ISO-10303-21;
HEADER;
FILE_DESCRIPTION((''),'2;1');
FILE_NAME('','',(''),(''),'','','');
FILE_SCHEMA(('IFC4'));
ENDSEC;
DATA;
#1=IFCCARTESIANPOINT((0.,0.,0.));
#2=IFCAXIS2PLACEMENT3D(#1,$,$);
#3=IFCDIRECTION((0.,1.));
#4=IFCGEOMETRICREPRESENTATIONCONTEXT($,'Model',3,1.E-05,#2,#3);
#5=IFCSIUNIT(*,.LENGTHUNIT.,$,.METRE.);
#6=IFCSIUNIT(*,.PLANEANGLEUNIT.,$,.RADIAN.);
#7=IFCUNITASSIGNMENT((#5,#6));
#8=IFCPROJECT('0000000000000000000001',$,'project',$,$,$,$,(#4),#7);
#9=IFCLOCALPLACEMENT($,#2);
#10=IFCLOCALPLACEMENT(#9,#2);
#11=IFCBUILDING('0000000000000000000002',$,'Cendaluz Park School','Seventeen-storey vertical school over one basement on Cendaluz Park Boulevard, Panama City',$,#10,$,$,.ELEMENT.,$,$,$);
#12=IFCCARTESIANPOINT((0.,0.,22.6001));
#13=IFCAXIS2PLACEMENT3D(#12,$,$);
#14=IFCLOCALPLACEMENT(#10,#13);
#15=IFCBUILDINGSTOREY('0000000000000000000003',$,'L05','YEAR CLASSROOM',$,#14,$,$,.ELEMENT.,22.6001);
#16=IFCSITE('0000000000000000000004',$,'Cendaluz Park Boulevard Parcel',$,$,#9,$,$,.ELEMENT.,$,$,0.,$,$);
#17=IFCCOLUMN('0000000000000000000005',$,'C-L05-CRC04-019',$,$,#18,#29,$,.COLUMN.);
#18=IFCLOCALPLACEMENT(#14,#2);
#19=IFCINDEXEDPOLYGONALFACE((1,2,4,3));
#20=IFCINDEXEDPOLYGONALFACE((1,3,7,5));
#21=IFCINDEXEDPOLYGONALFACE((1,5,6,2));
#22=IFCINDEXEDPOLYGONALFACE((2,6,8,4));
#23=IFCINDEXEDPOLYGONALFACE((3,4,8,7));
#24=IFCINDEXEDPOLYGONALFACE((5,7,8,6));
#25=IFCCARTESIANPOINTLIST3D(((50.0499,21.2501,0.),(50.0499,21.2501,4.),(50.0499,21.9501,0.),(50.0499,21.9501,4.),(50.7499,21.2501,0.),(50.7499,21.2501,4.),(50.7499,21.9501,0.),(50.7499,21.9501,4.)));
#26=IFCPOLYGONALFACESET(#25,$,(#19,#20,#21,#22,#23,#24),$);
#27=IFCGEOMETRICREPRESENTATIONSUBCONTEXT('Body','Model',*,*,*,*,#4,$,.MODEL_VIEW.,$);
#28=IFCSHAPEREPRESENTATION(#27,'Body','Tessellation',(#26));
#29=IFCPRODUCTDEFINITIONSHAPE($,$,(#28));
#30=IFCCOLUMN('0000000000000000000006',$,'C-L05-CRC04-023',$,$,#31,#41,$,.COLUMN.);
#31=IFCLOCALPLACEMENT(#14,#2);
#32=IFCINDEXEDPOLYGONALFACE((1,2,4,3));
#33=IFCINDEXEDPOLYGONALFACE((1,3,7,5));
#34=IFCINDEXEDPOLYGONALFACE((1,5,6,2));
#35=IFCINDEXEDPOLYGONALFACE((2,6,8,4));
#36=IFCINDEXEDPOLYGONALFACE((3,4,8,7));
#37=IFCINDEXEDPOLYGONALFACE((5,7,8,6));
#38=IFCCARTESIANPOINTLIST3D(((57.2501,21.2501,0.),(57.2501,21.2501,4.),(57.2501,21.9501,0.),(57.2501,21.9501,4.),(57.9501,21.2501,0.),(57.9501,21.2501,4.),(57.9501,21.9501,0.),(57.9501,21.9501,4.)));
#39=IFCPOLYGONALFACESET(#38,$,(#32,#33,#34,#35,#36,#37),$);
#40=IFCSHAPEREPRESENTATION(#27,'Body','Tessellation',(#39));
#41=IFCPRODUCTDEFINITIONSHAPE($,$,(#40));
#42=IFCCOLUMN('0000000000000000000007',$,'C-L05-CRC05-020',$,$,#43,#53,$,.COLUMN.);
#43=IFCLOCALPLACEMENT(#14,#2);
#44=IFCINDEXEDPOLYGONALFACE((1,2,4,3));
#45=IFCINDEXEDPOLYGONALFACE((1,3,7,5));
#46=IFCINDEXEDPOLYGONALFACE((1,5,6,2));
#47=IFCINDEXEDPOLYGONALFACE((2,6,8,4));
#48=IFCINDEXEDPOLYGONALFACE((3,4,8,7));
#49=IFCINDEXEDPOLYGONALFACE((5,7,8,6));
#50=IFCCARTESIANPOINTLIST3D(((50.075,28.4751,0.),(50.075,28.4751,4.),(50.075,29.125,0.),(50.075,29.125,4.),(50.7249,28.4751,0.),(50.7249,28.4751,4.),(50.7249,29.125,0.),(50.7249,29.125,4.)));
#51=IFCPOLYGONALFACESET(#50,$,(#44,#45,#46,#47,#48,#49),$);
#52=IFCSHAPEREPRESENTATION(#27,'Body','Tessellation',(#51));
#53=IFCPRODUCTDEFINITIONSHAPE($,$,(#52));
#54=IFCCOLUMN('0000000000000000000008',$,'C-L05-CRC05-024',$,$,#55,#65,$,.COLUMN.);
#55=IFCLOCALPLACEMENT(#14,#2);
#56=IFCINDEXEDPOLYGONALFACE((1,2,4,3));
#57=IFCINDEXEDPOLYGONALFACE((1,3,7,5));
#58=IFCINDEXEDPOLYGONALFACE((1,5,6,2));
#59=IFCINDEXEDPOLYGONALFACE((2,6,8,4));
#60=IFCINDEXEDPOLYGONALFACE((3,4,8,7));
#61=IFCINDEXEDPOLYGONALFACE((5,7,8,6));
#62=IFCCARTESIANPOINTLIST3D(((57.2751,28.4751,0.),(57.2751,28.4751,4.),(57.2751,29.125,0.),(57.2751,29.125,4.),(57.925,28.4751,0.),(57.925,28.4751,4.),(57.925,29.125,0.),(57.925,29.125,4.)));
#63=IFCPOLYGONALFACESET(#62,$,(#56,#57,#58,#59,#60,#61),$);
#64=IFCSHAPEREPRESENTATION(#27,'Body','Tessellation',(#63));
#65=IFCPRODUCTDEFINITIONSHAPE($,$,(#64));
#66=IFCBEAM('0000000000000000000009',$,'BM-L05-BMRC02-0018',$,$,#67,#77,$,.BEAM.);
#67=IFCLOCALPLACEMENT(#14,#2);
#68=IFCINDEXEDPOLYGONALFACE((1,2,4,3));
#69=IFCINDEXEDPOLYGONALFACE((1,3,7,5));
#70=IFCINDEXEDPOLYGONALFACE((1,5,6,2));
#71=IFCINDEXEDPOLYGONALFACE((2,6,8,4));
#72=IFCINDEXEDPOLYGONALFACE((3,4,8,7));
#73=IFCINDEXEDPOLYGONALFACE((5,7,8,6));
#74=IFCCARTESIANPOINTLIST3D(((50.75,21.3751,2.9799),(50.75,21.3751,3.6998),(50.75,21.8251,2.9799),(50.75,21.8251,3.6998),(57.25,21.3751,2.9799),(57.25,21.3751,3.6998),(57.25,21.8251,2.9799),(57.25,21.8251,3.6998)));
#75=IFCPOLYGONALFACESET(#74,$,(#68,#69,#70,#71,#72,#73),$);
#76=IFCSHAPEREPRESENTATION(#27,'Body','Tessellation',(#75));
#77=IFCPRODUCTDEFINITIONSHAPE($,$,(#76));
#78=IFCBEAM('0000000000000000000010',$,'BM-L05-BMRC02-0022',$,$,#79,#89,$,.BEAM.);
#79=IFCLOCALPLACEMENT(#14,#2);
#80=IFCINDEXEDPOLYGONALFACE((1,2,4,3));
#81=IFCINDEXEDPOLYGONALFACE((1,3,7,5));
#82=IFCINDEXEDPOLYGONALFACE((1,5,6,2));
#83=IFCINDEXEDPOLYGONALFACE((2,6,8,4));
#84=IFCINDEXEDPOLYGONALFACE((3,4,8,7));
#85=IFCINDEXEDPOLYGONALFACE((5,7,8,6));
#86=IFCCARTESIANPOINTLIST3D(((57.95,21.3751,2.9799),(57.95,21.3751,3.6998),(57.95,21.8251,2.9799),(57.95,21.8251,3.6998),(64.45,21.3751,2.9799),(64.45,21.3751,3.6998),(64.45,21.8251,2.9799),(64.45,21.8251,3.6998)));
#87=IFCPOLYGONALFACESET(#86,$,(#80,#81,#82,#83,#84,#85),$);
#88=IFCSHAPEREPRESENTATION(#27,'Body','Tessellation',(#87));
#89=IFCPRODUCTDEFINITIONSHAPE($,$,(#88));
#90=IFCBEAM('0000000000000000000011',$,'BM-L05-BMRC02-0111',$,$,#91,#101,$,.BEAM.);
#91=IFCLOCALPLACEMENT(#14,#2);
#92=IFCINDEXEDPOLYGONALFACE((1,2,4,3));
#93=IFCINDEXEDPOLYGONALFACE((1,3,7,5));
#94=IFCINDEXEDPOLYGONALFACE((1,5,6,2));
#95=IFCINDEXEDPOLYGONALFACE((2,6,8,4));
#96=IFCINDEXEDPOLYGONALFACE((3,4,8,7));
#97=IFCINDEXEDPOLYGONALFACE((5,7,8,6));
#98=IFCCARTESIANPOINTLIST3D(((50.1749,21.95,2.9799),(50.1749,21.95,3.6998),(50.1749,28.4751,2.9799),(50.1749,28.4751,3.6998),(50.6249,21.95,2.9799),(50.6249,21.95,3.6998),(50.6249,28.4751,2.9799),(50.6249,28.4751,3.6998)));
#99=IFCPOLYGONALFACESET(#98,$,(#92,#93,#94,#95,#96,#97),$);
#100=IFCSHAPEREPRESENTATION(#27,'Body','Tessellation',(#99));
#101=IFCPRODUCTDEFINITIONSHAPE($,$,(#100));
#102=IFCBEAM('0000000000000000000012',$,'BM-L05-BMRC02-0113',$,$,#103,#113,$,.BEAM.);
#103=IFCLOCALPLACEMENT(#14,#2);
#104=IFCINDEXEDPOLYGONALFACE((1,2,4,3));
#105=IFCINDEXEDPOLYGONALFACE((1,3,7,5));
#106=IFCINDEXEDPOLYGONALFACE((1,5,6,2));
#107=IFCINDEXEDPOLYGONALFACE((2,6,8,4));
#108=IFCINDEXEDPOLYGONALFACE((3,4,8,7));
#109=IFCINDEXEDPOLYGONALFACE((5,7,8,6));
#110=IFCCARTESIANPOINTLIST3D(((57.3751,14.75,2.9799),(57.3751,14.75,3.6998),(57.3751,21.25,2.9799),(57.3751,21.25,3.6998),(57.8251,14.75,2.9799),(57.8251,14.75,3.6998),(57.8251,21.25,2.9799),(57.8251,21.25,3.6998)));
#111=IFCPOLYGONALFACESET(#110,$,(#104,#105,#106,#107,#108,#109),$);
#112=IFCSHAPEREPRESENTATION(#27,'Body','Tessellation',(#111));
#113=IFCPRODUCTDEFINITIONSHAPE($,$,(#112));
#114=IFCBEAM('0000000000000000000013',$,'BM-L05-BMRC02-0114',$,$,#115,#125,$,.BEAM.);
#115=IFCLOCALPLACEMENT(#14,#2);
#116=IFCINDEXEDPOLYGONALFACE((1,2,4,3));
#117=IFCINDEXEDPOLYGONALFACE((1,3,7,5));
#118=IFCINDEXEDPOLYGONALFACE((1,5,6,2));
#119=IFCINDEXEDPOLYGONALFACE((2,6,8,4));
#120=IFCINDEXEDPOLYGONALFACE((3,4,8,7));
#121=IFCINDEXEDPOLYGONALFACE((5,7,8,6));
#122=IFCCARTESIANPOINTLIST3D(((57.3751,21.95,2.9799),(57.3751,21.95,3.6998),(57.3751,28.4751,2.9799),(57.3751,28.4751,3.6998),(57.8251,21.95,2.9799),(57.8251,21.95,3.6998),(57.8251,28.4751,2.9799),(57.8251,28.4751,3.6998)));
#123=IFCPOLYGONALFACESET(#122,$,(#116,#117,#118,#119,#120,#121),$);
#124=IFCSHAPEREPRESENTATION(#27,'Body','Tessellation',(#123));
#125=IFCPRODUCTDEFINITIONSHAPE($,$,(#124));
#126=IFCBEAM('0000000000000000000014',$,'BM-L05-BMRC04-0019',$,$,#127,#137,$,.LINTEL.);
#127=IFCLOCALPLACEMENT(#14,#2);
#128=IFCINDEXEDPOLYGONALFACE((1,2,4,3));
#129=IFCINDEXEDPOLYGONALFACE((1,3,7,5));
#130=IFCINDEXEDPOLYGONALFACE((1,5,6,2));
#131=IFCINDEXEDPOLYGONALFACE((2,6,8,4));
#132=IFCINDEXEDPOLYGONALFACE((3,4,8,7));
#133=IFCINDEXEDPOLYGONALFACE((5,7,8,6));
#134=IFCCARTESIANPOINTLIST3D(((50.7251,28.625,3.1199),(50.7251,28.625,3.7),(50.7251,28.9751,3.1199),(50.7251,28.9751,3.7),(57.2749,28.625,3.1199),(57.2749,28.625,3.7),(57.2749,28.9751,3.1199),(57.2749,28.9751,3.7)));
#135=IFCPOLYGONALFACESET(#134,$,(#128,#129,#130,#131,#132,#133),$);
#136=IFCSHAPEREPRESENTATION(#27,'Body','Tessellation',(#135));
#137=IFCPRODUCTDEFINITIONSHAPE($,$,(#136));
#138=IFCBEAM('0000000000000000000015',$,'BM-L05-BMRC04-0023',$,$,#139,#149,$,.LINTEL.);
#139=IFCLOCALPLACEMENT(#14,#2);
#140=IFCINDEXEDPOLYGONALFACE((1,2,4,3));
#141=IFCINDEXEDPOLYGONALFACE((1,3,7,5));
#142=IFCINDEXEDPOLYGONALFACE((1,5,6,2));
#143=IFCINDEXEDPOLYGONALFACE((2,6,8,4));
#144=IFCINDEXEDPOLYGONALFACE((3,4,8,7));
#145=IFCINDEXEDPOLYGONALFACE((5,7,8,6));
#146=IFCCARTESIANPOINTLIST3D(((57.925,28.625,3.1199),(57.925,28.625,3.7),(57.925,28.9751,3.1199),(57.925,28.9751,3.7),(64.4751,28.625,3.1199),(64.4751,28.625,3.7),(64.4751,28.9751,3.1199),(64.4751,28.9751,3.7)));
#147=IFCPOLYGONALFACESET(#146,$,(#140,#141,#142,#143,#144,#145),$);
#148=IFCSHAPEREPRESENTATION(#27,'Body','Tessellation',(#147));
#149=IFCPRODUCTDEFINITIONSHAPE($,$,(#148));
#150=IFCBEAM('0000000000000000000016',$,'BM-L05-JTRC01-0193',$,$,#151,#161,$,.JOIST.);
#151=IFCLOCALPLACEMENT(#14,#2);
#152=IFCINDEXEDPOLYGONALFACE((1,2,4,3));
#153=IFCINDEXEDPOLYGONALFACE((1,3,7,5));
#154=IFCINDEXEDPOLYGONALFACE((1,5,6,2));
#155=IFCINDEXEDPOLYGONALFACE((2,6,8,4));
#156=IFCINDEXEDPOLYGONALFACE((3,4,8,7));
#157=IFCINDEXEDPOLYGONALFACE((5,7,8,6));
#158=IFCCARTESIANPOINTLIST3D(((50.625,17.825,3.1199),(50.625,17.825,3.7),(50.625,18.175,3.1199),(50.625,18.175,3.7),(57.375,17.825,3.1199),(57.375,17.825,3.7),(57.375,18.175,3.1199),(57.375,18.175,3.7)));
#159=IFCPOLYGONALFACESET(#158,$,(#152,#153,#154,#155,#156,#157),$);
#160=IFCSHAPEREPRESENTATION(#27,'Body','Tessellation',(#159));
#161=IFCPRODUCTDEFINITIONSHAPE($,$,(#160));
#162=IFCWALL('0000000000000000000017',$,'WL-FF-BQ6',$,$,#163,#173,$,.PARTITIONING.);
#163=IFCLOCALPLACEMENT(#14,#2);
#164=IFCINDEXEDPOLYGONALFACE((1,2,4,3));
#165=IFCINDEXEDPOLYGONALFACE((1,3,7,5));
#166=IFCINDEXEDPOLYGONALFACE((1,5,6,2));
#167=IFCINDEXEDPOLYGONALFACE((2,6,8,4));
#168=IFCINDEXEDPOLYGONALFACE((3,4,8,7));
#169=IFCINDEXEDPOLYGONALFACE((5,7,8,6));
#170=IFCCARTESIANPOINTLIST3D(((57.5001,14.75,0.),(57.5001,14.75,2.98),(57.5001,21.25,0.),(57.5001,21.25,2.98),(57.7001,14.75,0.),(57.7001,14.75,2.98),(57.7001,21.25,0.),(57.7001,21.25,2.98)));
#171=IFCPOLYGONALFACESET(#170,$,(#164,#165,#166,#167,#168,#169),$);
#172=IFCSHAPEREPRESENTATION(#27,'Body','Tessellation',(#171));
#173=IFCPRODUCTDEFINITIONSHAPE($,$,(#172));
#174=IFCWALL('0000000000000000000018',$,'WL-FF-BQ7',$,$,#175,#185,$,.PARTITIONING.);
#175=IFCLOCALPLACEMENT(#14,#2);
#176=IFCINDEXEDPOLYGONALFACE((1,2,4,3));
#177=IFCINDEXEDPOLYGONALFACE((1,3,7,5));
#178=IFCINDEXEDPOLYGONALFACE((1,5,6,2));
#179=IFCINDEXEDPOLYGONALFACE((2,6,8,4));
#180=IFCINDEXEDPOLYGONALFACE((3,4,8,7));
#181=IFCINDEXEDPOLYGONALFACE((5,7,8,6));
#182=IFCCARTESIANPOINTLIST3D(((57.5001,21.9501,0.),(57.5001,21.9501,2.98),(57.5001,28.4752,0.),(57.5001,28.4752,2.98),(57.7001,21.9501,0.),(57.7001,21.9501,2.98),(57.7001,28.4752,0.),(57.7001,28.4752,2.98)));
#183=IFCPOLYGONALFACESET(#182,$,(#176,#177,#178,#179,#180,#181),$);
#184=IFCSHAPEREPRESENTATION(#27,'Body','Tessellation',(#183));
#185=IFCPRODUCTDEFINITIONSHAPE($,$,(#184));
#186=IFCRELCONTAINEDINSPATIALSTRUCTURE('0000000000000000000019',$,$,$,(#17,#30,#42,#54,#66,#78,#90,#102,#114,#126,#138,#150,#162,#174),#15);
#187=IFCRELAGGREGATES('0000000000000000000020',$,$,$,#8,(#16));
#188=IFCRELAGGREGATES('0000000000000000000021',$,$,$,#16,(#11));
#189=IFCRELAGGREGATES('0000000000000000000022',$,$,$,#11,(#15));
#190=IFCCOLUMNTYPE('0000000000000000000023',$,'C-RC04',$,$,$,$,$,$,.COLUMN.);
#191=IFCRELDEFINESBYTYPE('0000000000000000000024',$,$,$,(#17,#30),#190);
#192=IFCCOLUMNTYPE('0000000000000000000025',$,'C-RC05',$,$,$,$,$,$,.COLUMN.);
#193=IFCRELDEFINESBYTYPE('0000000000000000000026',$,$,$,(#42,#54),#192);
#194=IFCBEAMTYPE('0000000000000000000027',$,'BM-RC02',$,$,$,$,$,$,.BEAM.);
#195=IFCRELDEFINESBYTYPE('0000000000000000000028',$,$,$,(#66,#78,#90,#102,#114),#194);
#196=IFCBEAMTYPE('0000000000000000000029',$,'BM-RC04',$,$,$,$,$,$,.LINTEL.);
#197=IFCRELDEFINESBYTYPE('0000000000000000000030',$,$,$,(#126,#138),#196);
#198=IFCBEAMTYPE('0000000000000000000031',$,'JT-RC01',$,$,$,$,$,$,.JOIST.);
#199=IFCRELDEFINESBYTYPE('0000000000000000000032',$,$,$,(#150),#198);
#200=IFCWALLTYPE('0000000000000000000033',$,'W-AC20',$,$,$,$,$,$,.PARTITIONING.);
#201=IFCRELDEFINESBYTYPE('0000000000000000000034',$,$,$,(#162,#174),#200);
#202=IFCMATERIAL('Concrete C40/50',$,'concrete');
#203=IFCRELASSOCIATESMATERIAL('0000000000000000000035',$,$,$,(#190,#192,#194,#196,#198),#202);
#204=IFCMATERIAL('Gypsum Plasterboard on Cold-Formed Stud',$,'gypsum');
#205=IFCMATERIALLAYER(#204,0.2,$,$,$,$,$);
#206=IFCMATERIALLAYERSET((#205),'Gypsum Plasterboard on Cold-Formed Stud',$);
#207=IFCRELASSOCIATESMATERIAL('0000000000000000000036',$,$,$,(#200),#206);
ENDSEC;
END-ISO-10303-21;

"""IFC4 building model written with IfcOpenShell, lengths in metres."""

from ifc_helpers import new_model, si_unit, direction, frame, frame_2d, origin, origin_2d, place, context, subcontext, project, spatial, rectangle, extrude, material, layer, layer_set, material_profile, profile_set, type_object, element, save


model = new_model("IFC4")

# Units and contexts
model_context = context("Model", 3, precision=1e-05, world=origin(), true_north=direction((0.0, 1.0)))
body_context = subcontext(model_context, "Body", "Model", "MODEL_VIEW")
ifc_project = project(units=[si_unit("LENGTHUNIT", "METRE"), si_unit("PLANEANGLEUNIT", "RADIAN")], contexts=[model_context])

# Site, building, storey
site_placement = place(None, origin())
site = spatial("IfcSite", under=ifc_project, at=site_placement, Name="Cendaluz Park Boulevard Parcel", CompositionType="ELEMENT", RefElevation=0.0)
building_placement = place(site_placement, origin())
building = spatial("IfcBuilding", under=site, at=building_placement, Name="Cendaluz Park School", Description="Seventeen-storey vertical school over one basement on Cendaluz Park Boulevard, Panama City", CompositionType="ELEMENT")
storey_placement = place(building_placement, frame((0.0, 0.0, 22.6001)))
storey = spatial("IfcBuildingStorey", under=building, at=storey_placement, Name="L05", Description="YEAR CLASSROOM", CompositionType="ELEMENT", Elevation=22.6001)

# Columns
ifc_material_1 = material(Name="Concrete C40/50", Category="concrete")
ifc_material_profile_1 = material_profile(ifc_material_1, rectangle(XDim=0.7, YDim=0.7, at=origin_2d()), Name="RC 700x700", Category="concrete")
ifc_profile_set_1 = profile_set([ifc_material_profile_1], Name="Concrete C40/50")
column_type_1 = type_object("IfcColumnType", Name="C-RC04", PredefinedType="COLUMN", material=ifc_profile_set_1)
for number, where, z_axis, x_axis, name in (
    (1, (50.3999, 21.6001, 0.0), (0.0, 0.0, 1.0), (1.0, 0.0, 0.0), "C-L05-CRC04-019"),
    (2, (57.6001, 21.6001, 0.0), (0.0, 0.0, 1.0), (1.0, 0.0, 0.0), "C-L05-CRC04-023"),
):
    element("IfcColumn", number, at=place(storey_placement, frame(where, z_axis=z_axis, x_axis=x_axis)), inside=storey, type_object=column_type_1, Name=name, PredefinedType="COLUMN", context=body_context, shape_type="SweptSolid", body=[
        extrude(rectangle(XDim=0.7, YDim=0.7, at=origin_2d()), origin(), (0.0, 0.0, 1.0), 4.0),
    ])
ifc_material_profile_2 = material_profile(ifc_material_1, rectangle(XDim=0.6499, YDim=0.6499, at=origin_2d()), Name="RC 650x650", Category="concrete")
ifc_profile_set_2 = profile_set([ifc_material_profile_2], Name="Concrete C40/50")
column_type_2 = type_object("IfcColumnType", Name="C-RC05", PredefinedType="COLUMN", material=ifc_profile_set_2)
for number, where, z_axis, x_axis, name in (
    (3, (50.3999, 28.8, 0.0), (0.0, 0.0, 1.0), (1.0, 0.0, 0.0), "C-L05-CRC05-020"),
    (4, (57.6001, 28.8, 0.0), (0.0, 0.0, 1.0), (1.0, 0.0, 0.0), "C-L05-CRC05-024"),
):
    element("IfcColumn", number, at=place(storey_placement, frame(where, z_axis=z_axis, x_axis=x_axis)), inside=storey, type_object=column_type_2, Name=name, PredefinedType="COLUMN", context=body_context, shape_type="SweptSolid", body=[
        extrude(rectangle(XDim=0.6499, YDim=0.6499, at=origin_2d()), origin(), (0.0, 0.0, 1.0), 4.0),
    ])

# Beams
ifc_material_profile_3 = material_profile(ifc_material_1, rectangle(XDim=0.45, YDim=0.72, at=origin_2d()), Name="RC 450x720", Category="concrete")
ifc_profile_set_3 = profile_set([ifc_material_profile_3], Name="Concrete C40/50")
beam_type_1 = type_object("IfcBeamType", Name="BM-RC02", PredefinedType="BEAM", material=ifc_profile_set_3)
for number, where, z_axis, x_axis, name in (
    (5, (50.75, 21.6001, 3.3398), (1.0, 0.0, 0.0), (0.0, 1.0, 0.0), "BM-L05-BMRC02-0018"),
    (6, (57.95, 21.6001, 3.3398), (1.0, 0.0, 0.0), (0.0, 1.0, 0.0), "BM-L05-BMRC02-0022"),
):
    element("IfcBeam", number, at=place(storey_placement, frame(where, z_axis=z_axis, x_axis=x_axis)), inside=storey, type_object=beam_type_1, Name=name, PredefinedType="BEAM", context=body_context, shape_type="SweptSolid", body=[
        extrude(rectangle(XDim=0.45, YDim=0.72, at=origin_2d()), origin(), (0.0, 0.0, 1.0), 6.5),
    ])
beam_1_placement = place(storey_placement, frame((50.3999, 21.95, 3.3398), z_axis=(0.0, 1.0, 0.0), x_axis=(-1.0, 0.0, 0.0)))
element("IfcBeam", 7, at=beam_1_placement, inside=storey, type_object=beam_type_1, Name="BM-L05-BMRC02-0111", PredefinedType="BEAM", context=body_context, shape_type="SweptSolid", body=[
    extrude(rectangle(XDim=0.45, YDim=0.72, at=origin_2d()), origin(), (0.0, 0.0, 1.0), 6.5251),
])
beam_2_placement = place(storey_placement, frame((57.6001, 14.75, 3.3398), z_axis=(0.0, 1.0, 0.0), x_axis=(-1.0, 0.0, 0.0)))
element("IfcBeam", 8, at=beam_2_placement, inside=storey, type_object=beam_type_1, Name="BM-L05-BMRC02-0113", PredefinedType="BEAM", context=body_context, shape_type="SweptSolid", body=[
    extrude(rectangle(XDim=0.45, YDim=0.72, at=origin_2d()), origin(), (0.0, 0.0, 1.0), 6.5),
])
beam_3_placement = place(storey_placement, frame((57.6001, 21.95, 3.3398), z_axis=(0.0, 1.0, 0.0), x_axis=(-1.0, 0.0, 0.0)))
element("IfcBeam", 9, at=beam_3_placement, inside=storey, type_object=beam_type_1, Name="BM-L05-BMRC02-0114", PredefinedType="BEAM", context=body_context, shape_type="SweptSolid", body=[
    extrude(rectangle(XDim=0.45, YDim=0.72, at=origin_2d()), origin(), (0.0, 0.0, 1.0), 6.5251),
])
ifc_material_profile_4 = material_profile(ifc_material_1, rectangle(XDim=0.3501, YDim=0.5801, at=origin_2d()), Name="RC 350x580", Category="concrete")
ifc_profile_set_4 = profile_set([ifc_material_profile_4], Name="Concrete C40/50")
beam_type_2 = type_object("IfcBeamType", Name="BM-RC04", PredefinedType="LINTEL", material=ifc_profile_set_4)
beam_4_placement = place(storey_placement, frame((50.7251, 28.8, 3.4099), z_axis=(1.0, 0.0, 0.0), x_axis=(0.0, 1.0, 0.0)))
element("IfcBeam", 10, at=beam_4_placement, inside=storey, type_object=beam_type_2, Name="BM-L05-BMRC04-0019", PredefinedType="LINTEL", context=body_context, shape_type="SweptSolid", body=[
    extrude(rectangle(XDim=0.3501, YDim=0.5801, at=origin_2d()), origin(), (0.0, 0.0, 1.0), 6.5498),
])
beam_5_placement = place(storey_placement, frame((57.925, 28.8, 3.4099), z_axis=(1.0, 0.0, 0.0), x_axis=(0.0, 1.0, 0.0)))
element("IfcBeam", 11, at=beam_5_placement, inside=storey, type_object=beam_type_2, Name="BM-L05-BMRC04-0023", PredefinedType="LINTEL", context=body_context, shape_type="SweptSolid", body=[
    extrude(rectangle(XDim=0.3501, YDim=0.5801, at=origin_2d()), origin(), (0.0, 0.0, 1.0), 6.55),
])
ifc_material_profile_5 = material_profile(ifc_material_1, rectangle(XDim=0.3501, YDim=0.5801, at=origin_2d()), Name="RC 350x580", Category="concrete")
ifc_profile_set_5 = profile_set([ifc_material_profile_5], Name="Concrete C40/50")
beam_type_3 = type_object("IfcBeamType", Name="JT-RC01", PredefinedType="JOIST", material=ifc_profile_set_5)
beam_6_placement = place(storey_placement, frame((50.625, 18.0, 3.4099), z_axis=(1.0, 0.0, 0.0), x_axis=(0.0, 1.0, 0.0)))
element("IfcBeam", 12, at=beam_6_placement, inside=storey, type_object=beam_type_3, Name="BM-L05-JTRC01-0193", PredefinedType="JOIST", context=body_context, shape_type="SweptSolid", body=[
    extrude(rectangle(XDim=0.3501, YDim=0.5801, at=origin_2d()), origin(), (0.0, 0.0, 1.0), 6.75),
])

# Walls
ifc_material_2 = material(Name="Gypsum Plasterboard on Cold-Formed Stud", Category="gypsum")
ifc_layer_1 = layer(ifc_material_2, 0.2)
ifc_layer_set_1 = layer_set([ifc_layer_1], Name="Gypsum Plasterboard on Cold-Formed Stud")
wall_type_1 = type_object("IfcWallType", Name="W-AC20", PredefinedType="PARTITIONING", material=ifc_layer_set_1)
wall_1_placement = place(storey_placement, frame((57.6001, 14.75, 0.0), z_axis=(0.0, 0.0, 1.0), x_axis=(0.0, 1.0, 0.0)))
element("IfcWall", 13, at=wall_1_placement, inside=storey, type_object=wall_type_1, Name="WL-FF-BQ6", PredefinedType="PARTITIONING", context=body_context, shape_type="SweptSolid", body=[
    extrude(rectangle(XDim=6.5, YDim=0.2, at=frame_2d((3.25, 0.0))), origin(), (0.0, 0.0, 1.0), 2.98),
])
wall_2_placement = place(storey_placement, frame((57.6001, 21.95, 0.0), z_axis=(0.0, 0.0, 1.0), x_axis=(0.0, 1.0, 0.0)))
element("IfcWall", 14, at=wall_2_placement, inside=storey, type_object=wall_type_1, Name="WL-FF-BQ7", PredefinedType="PARTITIONING", context=body_context, shape_type="SweptSolid", body=[
    extrude(rectangle(XDim=6.5251, YDim=0.2, at=frame_2d((3.2627, 0.0))), origin(), (0.0, 0.0, 1.0), 2.98),
])

save(model, "model.ifc")
